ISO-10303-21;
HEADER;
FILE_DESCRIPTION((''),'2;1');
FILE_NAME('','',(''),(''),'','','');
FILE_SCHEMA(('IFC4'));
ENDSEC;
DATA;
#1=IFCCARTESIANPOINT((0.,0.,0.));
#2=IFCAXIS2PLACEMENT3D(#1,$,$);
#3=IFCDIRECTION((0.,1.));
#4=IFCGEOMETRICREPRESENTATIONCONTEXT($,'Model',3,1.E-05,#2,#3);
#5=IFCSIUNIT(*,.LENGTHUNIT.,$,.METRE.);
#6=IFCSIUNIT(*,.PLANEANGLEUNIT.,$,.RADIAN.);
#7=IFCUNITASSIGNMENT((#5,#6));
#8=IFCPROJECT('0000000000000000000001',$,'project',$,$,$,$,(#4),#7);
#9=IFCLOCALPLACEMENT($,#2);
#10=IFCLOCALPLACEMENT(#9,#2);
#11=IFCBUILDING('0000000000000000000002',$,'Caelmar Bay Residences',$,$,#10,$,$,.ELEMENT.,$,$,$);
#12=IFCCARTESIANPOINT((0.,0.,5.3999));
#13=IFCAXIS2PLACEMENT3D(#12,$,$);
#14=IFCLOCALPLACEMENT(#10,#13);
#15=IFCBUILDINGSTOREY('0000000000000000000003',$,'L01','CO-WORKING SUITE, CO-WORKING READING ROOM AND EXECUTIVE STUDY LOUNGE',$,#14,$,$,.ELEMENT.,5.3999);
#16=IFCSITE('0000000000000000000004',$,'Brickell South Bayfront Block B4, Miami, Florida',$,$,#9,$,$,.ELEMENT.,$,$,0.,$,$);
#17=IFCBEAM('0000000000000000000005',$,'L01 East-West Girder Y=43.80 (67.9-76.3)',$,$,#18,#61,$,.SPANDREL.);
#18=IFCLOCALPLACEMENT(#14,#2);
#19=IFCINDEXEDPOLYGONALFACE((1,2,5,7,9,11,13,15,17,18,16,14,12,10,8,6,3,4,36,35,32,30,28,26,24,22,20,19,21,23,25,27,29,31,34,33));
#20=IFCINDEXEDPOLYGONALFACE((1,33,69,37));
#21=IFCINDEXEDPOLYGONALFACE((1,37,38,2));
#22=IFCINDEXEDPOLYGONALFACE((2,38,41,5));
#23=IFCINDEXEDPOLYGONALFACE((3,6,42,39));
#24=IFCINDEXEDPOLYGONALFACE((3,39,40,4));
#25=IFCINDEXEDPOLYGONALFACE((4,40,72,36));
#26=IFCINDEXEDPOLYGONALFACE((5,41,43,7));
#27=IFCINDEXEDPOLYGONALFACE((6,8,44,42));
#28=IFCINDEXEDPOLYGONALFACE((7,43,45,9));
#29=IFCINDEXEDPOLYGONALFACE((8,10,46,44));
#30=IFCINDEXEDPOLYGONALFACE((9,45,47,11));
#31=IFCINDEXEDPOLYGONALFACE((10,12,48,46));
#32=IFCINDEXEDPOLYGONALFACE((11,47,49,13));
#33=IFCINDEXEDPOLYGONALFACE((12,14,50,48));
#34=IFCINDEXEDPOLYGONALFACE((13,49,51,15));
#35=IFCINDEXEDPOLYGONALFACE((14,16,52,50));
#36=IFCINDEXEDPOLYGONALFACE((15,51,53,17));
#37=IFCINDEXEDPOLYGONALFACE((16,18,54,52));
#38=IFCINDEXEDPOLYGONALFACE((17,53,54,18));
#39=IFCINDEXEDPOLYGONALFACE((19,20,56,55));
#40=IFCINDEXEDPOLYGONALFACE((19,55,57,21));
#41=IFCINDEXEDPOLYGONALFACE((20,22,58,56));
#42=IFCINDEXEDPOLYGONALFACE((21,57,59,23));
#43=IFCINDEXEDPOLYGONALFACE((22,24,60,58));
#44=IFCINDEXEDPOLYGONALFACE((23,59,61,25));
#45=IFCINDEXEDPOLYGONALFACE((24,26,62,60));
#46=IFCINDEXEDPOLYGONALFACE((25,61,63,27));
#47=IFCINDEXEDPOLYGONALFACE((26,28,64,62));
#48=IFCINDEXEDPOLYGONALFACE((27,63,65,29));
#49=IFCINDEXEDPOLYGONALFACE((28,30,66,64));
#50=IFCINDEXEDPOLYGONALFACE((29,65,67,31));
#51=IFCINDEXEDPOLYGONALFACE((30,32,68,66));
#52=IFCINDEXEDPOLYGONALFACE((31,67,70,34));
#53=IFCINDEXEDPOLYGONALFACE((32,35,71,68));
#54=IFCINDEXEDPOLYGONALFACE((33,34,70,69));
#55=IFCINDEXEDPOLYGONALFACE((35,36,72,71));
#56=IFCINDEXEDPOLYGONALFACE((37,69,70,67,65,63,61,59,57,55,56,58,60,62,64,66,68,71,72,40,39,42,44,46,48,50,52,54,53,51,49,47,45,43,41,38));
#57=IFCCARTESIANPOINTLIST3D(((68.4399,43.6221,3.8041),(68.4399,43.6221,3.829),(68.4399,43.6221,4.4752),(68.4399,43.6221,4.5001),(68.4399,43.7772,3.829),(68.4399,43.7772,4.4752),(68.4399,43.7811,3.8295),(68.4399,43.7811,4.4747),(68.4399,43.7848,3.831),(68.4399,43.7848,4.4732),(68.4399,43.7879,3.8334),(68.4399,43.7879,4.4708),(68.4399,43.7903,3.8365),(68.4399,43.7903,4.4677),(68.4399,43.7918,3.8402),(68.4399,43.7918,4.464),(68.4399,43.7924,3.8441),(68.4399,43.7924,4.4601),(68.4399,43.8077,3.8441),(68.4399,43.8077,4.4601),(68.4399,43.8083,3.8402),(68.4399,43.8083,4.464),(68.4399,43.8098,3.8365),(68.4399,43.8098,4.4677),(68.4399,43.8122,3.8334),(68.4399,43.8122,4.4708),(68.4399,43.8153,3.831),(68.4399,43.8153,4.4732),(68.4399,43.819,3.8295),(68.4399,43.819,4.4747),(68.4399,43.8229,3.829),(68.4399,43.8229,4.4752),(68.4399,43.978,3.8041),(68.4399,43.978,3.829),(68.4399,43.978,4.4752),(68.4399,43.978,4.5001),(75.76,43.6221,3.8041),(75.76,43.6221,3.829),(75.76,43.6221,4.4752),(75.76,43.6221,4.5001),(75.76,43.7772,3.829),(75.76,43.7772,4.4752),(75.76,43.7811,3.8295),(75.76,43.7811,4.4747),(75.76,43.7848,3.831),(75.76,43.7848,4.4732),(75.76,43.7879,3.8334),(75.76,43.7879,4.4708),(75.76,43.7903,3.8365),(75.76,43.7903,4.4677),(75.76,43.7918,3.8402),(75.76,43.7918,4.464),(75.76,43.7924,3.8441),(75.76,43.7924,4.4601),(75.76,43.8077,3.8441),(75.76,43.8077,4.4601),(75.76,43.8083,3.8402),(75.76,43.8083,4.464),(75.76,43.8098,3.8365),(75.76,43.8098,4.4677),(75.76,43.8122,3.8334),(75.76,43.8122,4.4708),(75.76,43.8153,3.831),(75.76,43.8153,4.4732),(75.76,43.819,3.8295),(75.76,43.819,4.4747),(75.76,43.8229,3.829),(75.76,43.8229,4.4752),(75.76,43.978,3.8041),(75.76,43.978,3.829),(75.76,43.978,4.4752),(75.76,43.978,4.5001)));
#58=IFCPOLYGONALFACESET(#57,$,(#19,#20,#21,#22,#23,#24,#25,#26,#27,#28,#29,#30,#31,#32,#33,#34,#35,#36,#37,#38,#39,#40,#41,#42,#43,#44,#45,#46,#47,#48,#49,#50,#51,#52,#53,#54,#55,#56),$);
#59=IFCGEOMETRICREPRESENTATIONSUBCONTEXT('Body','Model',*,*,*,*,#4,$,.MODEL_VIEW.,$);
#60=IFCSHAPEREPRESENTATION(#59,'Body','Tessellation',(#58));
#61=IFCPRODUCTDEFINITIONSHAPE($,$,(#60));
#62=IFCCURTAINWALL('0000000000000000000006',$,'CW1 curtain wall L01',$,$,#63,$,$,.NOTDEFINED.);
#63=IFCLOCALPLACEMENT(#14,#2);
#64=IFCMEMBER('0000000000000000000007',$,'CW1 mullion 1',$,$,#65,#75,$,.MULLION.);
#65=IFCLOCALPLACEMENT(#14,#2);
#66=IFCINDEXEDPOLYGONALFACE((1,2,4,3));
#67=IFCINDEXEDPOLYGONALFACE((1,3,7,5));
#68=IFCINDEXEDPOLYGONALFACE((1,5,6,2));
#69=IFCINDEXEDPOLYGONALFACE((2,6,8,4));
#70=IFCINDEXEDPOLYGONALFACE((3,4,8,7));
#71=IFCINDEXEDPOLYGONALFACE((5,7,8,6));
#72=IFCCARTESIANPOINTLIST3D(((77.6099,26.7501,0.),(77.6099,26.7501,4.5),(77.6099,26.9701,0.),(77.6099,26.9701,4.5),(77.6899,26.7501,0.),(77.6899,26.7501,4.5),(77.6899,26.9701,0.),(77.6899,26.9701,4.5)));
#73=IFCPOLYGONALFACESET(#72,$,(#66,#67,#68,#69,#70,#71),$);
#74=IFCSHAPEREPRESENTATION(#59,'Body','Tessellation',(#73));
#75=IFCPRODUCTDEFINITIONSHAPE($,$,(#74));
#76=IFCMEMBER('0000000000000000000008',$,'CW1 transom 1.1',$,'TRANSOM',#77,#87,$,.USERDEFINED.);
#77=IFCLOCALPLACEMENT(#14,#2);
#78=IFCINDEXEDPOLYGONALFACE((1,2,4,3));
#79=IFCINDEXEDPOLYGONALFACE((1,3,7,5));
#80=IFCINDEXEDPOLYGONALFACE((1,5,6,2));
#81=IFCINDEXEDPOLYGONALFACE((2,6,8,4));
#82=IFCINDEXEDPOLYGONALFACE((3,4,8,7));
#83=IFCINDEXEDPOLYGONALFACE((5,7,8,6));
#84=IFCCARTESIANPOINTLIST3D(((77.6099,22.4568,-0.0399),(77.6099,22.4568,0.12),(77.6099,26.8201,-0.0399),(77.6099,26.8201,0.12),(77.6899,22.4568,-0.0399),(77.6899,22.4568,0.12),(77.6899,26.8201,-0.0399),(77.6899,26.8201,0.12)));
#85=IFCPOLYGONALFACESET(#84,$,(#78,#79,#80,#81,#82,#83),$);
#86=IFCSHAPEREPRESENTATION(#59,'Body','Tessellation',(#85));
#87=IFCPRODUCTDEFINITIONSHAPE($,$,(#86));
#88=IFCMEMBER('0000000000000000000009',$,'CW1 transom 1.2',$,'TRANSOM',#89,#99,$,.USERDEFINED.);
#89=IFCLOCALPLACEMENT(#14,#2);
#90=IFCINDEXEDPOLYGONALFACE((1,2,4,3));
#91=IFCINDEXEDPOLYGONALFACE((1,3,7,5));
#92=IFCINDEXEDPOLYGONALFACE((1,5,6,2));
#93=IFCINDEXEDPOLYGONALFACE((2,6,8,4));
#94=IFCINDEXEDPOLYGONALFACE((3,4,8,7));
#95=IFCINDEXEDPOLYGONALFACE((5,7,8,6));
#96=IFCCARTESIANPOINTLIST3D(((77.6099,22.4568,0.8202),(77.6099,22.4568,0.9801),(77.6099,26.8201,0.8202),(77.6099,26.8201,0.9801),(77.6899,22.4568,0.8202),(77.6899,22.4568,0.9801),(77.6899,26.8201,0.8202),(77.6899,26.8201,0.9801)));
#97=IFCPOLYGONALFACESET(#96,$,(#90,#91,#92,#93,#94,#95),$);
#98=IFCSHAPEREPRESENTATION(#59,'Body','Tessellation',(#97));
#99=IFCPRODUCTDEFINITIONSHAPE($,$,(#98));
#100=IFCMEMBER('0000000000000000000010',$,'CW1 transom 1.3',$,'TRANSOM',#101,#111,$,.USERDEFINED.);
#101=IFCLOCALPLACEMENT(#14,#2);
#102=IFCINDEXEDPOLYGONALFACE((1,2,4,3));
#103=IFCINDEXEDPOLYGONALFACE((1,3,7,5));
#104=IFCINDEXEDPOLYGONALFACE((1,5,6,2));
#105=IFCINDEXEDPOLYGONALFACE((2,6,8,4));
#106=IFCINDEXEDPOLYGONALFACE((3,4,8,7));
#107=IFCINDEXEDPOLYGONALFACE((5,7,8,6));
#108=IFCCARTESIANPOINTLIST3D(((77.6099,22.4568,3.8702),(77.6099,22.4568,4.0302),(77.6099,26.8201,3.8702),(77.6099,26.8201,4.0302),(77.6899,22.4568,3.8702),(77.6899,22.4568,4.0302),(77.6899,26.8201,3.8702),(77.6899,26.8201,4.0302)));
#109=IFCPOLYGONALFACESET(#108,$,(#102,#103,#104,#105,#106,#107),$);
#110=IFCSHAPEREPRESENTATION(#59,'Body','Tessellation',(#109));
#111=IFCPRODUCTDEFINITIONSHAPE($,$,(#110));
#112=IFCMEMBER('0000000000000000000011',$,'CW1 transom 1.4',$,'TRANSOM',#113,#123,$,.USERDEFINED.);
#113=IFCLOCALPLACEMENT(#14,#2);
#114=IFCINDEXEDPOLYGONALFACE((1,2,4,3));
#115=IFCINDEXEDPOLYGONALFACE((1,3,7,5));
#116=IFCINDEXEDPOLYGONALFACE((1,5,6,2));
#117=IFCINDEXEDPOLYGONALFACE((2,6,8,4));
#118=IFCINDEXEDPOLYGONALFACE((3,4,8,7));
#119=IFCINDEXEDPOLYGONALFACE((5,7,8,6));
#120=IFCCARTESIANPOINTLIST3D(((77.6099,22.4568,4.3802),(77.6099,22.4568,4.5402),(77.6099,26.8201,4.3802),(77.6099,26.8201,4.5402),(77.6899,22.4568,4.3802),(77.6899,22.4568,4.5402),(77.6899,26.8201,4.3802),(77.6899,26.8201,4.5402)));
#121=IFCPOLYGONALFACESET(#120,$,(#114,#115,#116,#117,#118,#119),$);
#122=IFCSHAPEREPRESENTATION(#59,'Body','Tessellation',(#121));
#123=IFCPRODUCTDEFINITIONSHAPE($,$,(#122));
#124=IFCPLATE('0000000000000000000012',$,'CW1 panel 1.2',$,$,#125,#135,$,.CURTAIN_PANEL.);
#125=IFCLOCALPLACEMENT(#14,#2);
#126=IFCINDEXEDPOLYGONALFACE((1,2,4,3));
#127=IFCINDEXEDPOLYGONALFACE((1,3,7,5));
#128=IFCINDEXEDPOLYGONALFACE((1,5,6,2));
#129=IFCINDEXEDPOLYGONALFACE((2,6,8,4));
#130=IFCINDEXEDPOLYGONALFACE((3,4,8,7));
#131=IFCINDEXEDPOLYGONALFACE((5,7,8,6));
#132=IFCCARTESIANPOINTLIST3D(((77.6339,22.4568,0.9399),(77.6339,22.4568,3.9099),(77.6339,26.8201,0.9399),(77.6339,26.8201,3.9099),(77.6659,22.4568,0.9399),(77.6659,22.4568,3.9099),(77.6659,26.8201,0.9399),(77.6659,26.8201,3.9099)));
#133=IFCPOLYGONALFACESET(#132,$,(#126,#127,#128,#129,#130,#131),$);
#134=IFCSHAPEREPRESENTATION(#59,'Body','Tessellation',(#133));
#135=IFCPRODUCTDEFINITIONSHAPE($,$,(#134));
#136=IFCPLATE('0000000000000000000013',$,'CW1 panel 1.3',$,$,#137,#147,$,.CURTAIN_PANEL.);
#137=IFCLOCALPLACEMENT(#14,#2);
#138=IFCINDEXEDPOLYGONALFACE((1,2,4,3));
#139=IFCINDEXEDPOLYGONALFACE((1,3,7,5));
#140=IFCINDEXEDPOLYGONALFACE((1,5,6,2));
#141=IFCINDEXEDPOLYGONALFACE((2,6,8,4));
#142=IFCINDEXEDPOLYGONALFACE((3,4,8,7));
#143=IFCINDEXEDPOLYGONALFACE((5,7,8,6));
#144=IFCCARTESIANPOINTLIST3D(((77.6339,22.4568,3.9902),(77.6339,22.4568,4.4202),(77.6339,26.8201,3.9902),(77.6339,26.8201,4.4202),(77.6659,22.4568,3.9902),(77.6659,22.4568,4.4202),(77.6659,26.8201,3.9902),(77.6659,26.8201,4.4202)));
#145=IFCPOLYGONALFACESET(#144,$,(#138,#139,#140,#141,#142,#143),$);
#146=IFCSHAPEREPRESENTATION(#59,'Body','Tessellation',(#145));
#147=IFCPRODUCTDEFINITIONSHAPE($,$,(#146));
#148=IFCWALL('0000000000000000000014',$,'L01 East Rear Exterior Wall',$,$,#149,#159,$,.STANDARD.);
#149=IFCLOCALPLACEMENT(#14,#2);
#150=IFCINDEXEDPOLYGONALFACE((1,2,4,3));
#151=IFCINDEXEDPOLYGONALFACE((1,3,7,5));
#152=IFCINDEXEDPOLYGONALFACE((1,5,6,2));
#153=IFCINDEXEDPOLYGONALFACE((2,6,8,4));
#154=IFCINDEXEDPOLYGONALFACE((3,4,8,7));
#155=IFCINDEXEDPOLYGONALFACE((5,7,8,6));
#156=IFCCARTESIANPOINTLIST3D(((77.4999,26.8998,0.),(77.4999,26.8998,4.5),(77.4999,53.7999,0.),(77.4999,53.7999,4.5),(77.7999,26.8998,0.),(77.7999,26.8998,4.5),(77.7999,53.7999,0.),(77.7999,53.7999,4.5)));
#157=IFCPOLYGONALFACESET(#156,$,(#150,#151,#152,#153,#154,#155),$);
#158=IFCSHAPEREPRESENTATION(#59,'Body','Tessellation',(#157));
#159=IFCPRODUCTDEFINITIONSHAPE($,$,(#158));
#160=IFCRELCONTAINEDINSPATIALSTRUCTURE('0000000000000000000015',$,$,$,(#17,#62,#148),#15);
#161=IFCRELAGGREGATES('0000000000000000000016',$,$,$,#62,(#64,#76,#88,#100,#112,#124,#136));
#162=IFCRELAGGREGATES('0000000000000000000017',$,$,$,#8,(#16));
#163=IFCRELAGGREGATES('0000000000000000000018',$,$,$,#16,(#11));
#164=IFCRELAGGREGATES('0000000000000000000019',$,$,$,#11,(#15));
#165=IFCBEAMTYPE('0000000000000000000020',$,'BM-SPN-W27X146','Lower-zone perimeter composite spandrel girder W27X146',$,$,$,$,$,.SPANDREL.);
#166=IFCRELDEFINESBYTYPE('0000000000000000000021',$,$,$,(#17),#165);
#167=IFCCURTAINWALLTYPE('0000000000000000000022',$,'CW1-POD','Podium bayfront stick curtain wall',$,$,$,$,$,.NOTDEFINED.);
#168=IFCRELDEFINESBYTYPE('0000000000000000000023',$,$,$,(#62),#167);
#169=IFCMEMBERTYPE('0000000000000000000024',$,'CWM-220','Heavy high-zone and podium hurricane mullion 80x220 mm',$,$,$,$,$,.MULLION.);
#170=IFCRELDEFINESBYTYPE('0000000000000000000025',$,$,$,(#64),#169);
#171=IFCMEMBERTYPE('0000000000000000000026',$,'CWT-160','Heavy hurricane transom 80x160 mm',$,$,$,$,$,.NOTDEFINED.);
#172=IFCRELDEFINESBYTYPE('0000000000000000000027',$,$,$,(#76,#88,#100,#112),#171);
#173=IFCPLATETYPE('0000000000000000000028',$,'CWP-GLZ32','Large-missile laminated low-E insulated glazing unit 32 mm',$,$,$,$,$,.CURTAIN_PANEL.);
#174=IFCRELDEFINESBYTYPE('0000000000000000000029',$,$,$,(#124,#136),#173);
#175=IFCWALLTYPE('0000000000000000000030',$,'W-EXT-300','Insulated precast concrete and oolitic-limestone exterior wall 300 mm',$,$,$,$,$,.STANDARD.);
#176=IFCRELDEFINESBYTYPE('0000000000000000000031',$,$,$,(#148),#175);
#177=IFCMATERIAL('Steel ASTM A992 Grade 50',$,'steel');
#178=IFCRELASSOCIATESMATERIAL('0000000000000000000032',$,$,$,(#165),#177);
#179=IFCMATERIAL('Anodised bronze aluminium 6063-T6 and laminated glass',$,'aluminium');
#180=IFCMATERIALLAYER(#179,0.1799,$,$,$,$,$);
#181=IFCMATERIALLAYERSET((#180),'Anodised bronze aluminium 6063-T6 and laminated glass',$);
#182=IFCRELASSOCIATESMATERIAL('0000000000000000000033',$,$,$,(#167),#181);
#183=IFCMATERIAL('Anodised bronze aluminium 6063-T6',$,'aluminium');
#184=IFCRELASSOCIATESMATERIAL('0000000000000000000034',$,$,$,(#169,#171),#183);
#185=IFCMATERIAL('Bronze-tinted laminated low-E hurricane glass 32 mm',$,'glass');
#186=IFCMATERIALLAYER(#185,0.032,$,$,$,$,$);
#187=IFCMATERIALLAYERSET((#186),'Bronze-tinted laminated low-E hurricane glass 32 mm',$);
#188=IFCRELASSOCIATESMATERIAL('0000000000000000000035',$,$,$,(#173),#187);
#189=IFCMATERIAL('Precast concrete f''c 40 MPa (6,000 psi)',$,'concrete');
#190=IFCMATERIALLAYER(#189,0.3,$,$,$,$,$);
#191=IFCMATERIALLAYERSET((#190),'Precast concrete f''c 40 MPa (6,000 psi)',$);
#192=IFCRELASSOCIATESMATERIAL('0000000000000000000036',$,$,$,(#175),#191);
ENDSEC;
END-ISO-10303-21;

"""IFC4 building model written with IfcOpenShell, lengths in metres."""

from ifc_helpers import new_model, si_unit, direction, frame, frame_2d, origin, origin_2d, place, context, subcontext, project, spatial, rectangle, i_section, extrude, material, layer, layer_set, material_profile, profile_set, type_object, element, aggregate, save


model = new_model("IFC4")

# Units and contexts
model_context = context("Model", 3, precision=1e-05, world=origin(), true_north=direction((0.0, 1.0)))
body_context = subcontext(model_context, "Body", "Model", "MODEL_VIEW")
ifc_project = project(units=[si_unit("LENGTHUNIT", "METRE"), si_unit("PLANEANGLEUNIT", "RADIAN")], contexts=[model_context])

# Site, building, storey
site_placement = place(None, origin())
site = spatial("IfcSite", under=ifc_project, at=site_placement, Name="Brickell South Bayfront Block B4, Miami, Florida", CompositionType="ELEMENT", RefElevation=0.0)
building_placement = place(site_placement, origin())
building = spatial("IfcBuilding", under=site, at=building_placement, Name="Caelmar Bay Residences", CompositionType="ELEMENT")
storey_placement = place(building_placement, frame((0.0, 0.0, 5.3999)))
storey = spatial("IfcBuildingStorey", under=building, at=storey_placement, Name="L01", Description="CO-WORKING SUITE, CO-WORKING READING ROOM AND EXECUTIVE STUDY LOUNGE", CompositionType="ELEMENT", Elevation=5.3999)

# Beam
ifc_material_1 = material(Name="Steel ASTM A992 Grade 50", Category="steel")
ifc_material_profile_1 = material_profile(ifc_material_1, i_section(OverallWidth=0.356, OverallDepth=0.696, WebThickness=0.0154, FlangeThickness=0.0249, FilletRadius=0.0151, at=origin_2d()), Name="W27X146")
ifc_profile_set_1 = profile_set([ifc_material_profile_1], Name="Steel ASTM A992 Grade 50")
beam_type_1 = type_object("IfcBeamType", Name="BM-SPN-W27X146", Description="Lower-zone perimeter composite spandrel girder W27X146", PredefinedType="SPANDREL", material=ifc_profile_set_1)
beam_1_placement = place(storey_placement, frame((68.4399, 43.8, 4.1521), z_axis=(1.0, 0.0, 0.0), x_axis=(0.0, 1.0, 0.0)))
element("IfcBeam", 1, at=beam_1_placement, inside=storey, type_object=beam_type_1, Name="L01 East-West Girder Y=43.80 (67.9-76.3)", PredefinedType="SPANDREL", context=body_context, shape_type="SweptSolid", body=[
    extrude(i_section(OverallWidth=0.356, OverallDepth=0.696, WebThickness=0.0154, FlangeThickness=0.0249, FilletRadius=0.0151, at=origin_2d()), origin(), (0.0, 0.0, 1.0), 7.3201),
])

# Curtain wall, members, plates
ifc_material_2 = material(Name="Anodised bronze aluminium 6063-T6 and laminated glass", Category="aluminium")
ifc_layer_1 = layer(ifc_material_2, 0.1799)
ifc_layer_set_1 = layer_set([ifc_layer_1], Name="Anodised bronze aluminium 6063-T6 and laminated glass")
curtain_wall_type = type_object("IfcCurtainWallType", Name="CW1-POD", Description="Podium bayfront stick curtain wall", PredefinedType="NOTDEFINED", material=ifc_layer_set_1)
curtain_wall_placement = place(storey_placement, origin())
curtain_wall = element("IfcCurtainWall", 2, at=curtain_wall_placement, inside=storey, type_object=curtain_wall_type, Name="CW1 curtain wall L01", PredefinedType="NOTDEFINED")
ifc_material_3 = material(Name="Anodised bronze aluminium 6063-T6", Category="aluminium")
ifc_material_profile_2 = material_profile(ifc_material_3, rectangle(XDim=0.0801, YDim=0.22, at=origin_2d()), Name="CWM-80X220")
ifc_profile_set_2 = profile_set([ifc_material_profile_2], Name="Anodised bronze aluminium 6063-T6")
member_type_1 = type_object("IfcMemberType", Name="CWM-220", Description="Heavy high-zone and podium hurricane mullion 80x220 mm", PredefinedType="MULLION", material=ifc_profile_set_2)
member_1_placement = place(storey_placement, frame((77.6499, 26.8601, 0.0), z_axis=(0.0, 0.0, 1.0), x_axis=(1.0, 0.0, 0.0)))
member_1 = element("IfcMember", 3, at=member_1_placement, type_object=member_type_1, Name="CW1 mullion 1", PredefinedType="MULLION", context=body_context, shape_type="SweptSolid", body=[
    extrude(rectangle(XDim=0.0801, YDim=0.22, at=origin_2d()), origin(), (0.0, 0.0, 1.0), 4.5),
])
ifc_material_profile_3 = material_profile(ifc_material_3, rectangle(XDim=0.0801, YDim=0.1599, at=origin_2d()), Name="CWT-80X160")
ifc_profile_set_3 = profile_set([ifc_material_profile_3], Name="Anodised bronze aluminium 6063-T6")
member_type_2 = type_object("IfcMemberType", Name="CWT-160", Description="Heavy hurricane transom 80x160 mm", PredefinedType="NOTDEFINED", material=ifc_profile_set_3)
member_2_placement = place(storey_placement, frame((77.6499, 26.8201, 0.04), z_axis=(0.0, -1.0, 0.0), x_axis=(1.0, 0.0, 0.0)))
member_2 = element("IfcMember", 4, at=member_2_placement, type_object=member_type_2, Name="CW1 transom 1.1", ObjectType="TRANSOM", PredefinedType="USERDEFINED", context=body_context, shape_type="SweptSolid", body=[
    extrude(rectangle(XDim=0.0801, YDim=0.1599, at=origin_2d()), origin(), (0.0, 0.0, 1.0), 4.3633),
])
member_3_placement = place(storey_placement, frame((77.6499, 26.8201, 0.9001), z_axis=(0.0, -1.0, 0.0), x_axis=(1.0, 0.0, 0.0)))
member_3 = element("IfcMember", 5, at=member_3_placement, type_object=member_type_2, Name="CW1 transom 1.2", ObjectType="TRANSOM", PredefinedType="USERDEFINED", context=body_context, shape_type="SweptSolid", body=[
    extrude(rectangle(XDim=0.0801, YDim=0.1599, at=origin_2d()), origin(), (0.0, 0.0, 1.0), 4.3633),
])
member_4_placement = place(storey_placement, frame((77.6499, 26.8201, 3.9502), z_axis=(0.0, -1.0, 0.0), x_axis=(1.0, 0.0, 0.0)))
member_4 = element("IfcMember", 6, at=member_4_placement, type_object=member_type_2, Name="CW1 transom 1.3", ObjectType="TRANSOM", PredefinedType="USERDEFINED", context=body_context, shape_type="SweptSolid", body=[
    extrude(rectangle(XDim=0.0801, YDim=0.1599, at=origin_2d()), origin(), (0.0, 0.0, 1.0), 4.3633),
])
member_5_placement = place(storey_placement, frame((77.6499, 26.8201, 4.4602), z_axis=(0.0, -1.0, 0.0), x_axis=(1.0, 0.0, 0.0)))
member_5 = element("IfcMember", 7, at=member_5_placement, type_object=member_type_2, Name="CW1 transom 1.4", ObjectType="TRANSOM", PredefinedType="USERDEFINED", context=body_context, shape_type="SweptSolid", body=[
    extrude(rectangle(XDim=0.0801, YDim=0.1599, at=origin_2d()), origin(), (0.0, 0.0, 1.0), 4.3633),
])
ifc_material_4 = material(Name="Bronze-tinted laminated low-E hurricane glass 32 mm", Category="glass")
ifc_layer_2 = layer(ifc_material_4, 0.032)
ifc_layer_set_2 = layer_set([ifc_layer_2], Name="Bronze-tinted laminated low-E hurricane glass 32 mm")
plate_type = type_object("IfcPlateType", Name="CWP-GLZ32", Description="Large-missile laminated low-E insulated glazing unit 32 mm", PredefinedType="CURTAIN_PANEL", material=ifc_layer_set_2)
plate_1_placement = place(storey_placement, frame((77.6499, 24.6384, 0.9399), z_axis=(0.0, 0.0, 1.0), x_axis=(0.0, -1.0, 0.0)))
plate_1 = element("IfcPlate", 8, at=plate_1_placement, type_object=plate_type, Name="CW1 panel 1.2", PredefinedType="CURTAIN_PANEL", context=body_context, shape_type="SweptSolid", body=[
    extrude(rectangle(XDim=4.3633, YDim=0.032, at=origin_2d()), origin(), (0.0, 0.0, 1.0), 2.97),
])
plate_2_placement = place(storey_placement, frame((77.6499, 24.6384, 3.9902), z_axis=(0.0, 0.0, 1.0), x_axis=(0.0, -1.0, 0.0)))
plate_2 = element("IfcPlate", 9, at=plate_2_placement, type_object=plate_type, Name="CW1 panel 1.3", PredefinedType="CURTAIN_PANEL", context=body_context, shape_type="SweptSolid", body=[
    extrude(rectangle(XDim=4.3633, YDim=0.032, at=origin_2d()), origin(), (0.0, 0.0, 1.0), 0.4299),
])
aggregate(curtain_wall, [member_1, member_2, member_3, member_4, member_5, plate_1, plate_2])

# Wall
ifc_material_5 = material(Name="Precast concrete f'c 40 MPa (6,000 psi)", Category="concrete")
ifc_layer_3 = layer(ifc_material_5, 0.3)
ifc_layer_set_3 = layer_set([ifc_layer_3], Name="Precast concrete f'c 40 MPa (6,000 psi)")
wall_type_1 = type_object("IfcWallType", Name="W-EXT-300", Description="Insulated precast concrete and oolitic-limestone exterior wall 300 mm", PredefinedType="STANDARD", material=ifc_layer_set_3)
wall_1_placement = place(storey_placement, frame((77.6499, 53.8, 0.0), z_axis=(0.0, 0.0, 1.0), x_axis=(0.0, -1.0, 0.0)))
element("IfcWall", 10, at=wall_1_placement, inside=storey, type_object=wall_type_1, Name="L01 East Rear Exterior Wall", PredefinedType="STANDARD", context=body_context, shape_type="SweptSolid", body=[
    extrude(rectangle(XDim=26.9001, YDim=0.3, at=frame_2d((13.4502, 0.0))), origin(), (0.0, 0.0, 1.0), 4.5),
])

save(model, "model.ifc")
